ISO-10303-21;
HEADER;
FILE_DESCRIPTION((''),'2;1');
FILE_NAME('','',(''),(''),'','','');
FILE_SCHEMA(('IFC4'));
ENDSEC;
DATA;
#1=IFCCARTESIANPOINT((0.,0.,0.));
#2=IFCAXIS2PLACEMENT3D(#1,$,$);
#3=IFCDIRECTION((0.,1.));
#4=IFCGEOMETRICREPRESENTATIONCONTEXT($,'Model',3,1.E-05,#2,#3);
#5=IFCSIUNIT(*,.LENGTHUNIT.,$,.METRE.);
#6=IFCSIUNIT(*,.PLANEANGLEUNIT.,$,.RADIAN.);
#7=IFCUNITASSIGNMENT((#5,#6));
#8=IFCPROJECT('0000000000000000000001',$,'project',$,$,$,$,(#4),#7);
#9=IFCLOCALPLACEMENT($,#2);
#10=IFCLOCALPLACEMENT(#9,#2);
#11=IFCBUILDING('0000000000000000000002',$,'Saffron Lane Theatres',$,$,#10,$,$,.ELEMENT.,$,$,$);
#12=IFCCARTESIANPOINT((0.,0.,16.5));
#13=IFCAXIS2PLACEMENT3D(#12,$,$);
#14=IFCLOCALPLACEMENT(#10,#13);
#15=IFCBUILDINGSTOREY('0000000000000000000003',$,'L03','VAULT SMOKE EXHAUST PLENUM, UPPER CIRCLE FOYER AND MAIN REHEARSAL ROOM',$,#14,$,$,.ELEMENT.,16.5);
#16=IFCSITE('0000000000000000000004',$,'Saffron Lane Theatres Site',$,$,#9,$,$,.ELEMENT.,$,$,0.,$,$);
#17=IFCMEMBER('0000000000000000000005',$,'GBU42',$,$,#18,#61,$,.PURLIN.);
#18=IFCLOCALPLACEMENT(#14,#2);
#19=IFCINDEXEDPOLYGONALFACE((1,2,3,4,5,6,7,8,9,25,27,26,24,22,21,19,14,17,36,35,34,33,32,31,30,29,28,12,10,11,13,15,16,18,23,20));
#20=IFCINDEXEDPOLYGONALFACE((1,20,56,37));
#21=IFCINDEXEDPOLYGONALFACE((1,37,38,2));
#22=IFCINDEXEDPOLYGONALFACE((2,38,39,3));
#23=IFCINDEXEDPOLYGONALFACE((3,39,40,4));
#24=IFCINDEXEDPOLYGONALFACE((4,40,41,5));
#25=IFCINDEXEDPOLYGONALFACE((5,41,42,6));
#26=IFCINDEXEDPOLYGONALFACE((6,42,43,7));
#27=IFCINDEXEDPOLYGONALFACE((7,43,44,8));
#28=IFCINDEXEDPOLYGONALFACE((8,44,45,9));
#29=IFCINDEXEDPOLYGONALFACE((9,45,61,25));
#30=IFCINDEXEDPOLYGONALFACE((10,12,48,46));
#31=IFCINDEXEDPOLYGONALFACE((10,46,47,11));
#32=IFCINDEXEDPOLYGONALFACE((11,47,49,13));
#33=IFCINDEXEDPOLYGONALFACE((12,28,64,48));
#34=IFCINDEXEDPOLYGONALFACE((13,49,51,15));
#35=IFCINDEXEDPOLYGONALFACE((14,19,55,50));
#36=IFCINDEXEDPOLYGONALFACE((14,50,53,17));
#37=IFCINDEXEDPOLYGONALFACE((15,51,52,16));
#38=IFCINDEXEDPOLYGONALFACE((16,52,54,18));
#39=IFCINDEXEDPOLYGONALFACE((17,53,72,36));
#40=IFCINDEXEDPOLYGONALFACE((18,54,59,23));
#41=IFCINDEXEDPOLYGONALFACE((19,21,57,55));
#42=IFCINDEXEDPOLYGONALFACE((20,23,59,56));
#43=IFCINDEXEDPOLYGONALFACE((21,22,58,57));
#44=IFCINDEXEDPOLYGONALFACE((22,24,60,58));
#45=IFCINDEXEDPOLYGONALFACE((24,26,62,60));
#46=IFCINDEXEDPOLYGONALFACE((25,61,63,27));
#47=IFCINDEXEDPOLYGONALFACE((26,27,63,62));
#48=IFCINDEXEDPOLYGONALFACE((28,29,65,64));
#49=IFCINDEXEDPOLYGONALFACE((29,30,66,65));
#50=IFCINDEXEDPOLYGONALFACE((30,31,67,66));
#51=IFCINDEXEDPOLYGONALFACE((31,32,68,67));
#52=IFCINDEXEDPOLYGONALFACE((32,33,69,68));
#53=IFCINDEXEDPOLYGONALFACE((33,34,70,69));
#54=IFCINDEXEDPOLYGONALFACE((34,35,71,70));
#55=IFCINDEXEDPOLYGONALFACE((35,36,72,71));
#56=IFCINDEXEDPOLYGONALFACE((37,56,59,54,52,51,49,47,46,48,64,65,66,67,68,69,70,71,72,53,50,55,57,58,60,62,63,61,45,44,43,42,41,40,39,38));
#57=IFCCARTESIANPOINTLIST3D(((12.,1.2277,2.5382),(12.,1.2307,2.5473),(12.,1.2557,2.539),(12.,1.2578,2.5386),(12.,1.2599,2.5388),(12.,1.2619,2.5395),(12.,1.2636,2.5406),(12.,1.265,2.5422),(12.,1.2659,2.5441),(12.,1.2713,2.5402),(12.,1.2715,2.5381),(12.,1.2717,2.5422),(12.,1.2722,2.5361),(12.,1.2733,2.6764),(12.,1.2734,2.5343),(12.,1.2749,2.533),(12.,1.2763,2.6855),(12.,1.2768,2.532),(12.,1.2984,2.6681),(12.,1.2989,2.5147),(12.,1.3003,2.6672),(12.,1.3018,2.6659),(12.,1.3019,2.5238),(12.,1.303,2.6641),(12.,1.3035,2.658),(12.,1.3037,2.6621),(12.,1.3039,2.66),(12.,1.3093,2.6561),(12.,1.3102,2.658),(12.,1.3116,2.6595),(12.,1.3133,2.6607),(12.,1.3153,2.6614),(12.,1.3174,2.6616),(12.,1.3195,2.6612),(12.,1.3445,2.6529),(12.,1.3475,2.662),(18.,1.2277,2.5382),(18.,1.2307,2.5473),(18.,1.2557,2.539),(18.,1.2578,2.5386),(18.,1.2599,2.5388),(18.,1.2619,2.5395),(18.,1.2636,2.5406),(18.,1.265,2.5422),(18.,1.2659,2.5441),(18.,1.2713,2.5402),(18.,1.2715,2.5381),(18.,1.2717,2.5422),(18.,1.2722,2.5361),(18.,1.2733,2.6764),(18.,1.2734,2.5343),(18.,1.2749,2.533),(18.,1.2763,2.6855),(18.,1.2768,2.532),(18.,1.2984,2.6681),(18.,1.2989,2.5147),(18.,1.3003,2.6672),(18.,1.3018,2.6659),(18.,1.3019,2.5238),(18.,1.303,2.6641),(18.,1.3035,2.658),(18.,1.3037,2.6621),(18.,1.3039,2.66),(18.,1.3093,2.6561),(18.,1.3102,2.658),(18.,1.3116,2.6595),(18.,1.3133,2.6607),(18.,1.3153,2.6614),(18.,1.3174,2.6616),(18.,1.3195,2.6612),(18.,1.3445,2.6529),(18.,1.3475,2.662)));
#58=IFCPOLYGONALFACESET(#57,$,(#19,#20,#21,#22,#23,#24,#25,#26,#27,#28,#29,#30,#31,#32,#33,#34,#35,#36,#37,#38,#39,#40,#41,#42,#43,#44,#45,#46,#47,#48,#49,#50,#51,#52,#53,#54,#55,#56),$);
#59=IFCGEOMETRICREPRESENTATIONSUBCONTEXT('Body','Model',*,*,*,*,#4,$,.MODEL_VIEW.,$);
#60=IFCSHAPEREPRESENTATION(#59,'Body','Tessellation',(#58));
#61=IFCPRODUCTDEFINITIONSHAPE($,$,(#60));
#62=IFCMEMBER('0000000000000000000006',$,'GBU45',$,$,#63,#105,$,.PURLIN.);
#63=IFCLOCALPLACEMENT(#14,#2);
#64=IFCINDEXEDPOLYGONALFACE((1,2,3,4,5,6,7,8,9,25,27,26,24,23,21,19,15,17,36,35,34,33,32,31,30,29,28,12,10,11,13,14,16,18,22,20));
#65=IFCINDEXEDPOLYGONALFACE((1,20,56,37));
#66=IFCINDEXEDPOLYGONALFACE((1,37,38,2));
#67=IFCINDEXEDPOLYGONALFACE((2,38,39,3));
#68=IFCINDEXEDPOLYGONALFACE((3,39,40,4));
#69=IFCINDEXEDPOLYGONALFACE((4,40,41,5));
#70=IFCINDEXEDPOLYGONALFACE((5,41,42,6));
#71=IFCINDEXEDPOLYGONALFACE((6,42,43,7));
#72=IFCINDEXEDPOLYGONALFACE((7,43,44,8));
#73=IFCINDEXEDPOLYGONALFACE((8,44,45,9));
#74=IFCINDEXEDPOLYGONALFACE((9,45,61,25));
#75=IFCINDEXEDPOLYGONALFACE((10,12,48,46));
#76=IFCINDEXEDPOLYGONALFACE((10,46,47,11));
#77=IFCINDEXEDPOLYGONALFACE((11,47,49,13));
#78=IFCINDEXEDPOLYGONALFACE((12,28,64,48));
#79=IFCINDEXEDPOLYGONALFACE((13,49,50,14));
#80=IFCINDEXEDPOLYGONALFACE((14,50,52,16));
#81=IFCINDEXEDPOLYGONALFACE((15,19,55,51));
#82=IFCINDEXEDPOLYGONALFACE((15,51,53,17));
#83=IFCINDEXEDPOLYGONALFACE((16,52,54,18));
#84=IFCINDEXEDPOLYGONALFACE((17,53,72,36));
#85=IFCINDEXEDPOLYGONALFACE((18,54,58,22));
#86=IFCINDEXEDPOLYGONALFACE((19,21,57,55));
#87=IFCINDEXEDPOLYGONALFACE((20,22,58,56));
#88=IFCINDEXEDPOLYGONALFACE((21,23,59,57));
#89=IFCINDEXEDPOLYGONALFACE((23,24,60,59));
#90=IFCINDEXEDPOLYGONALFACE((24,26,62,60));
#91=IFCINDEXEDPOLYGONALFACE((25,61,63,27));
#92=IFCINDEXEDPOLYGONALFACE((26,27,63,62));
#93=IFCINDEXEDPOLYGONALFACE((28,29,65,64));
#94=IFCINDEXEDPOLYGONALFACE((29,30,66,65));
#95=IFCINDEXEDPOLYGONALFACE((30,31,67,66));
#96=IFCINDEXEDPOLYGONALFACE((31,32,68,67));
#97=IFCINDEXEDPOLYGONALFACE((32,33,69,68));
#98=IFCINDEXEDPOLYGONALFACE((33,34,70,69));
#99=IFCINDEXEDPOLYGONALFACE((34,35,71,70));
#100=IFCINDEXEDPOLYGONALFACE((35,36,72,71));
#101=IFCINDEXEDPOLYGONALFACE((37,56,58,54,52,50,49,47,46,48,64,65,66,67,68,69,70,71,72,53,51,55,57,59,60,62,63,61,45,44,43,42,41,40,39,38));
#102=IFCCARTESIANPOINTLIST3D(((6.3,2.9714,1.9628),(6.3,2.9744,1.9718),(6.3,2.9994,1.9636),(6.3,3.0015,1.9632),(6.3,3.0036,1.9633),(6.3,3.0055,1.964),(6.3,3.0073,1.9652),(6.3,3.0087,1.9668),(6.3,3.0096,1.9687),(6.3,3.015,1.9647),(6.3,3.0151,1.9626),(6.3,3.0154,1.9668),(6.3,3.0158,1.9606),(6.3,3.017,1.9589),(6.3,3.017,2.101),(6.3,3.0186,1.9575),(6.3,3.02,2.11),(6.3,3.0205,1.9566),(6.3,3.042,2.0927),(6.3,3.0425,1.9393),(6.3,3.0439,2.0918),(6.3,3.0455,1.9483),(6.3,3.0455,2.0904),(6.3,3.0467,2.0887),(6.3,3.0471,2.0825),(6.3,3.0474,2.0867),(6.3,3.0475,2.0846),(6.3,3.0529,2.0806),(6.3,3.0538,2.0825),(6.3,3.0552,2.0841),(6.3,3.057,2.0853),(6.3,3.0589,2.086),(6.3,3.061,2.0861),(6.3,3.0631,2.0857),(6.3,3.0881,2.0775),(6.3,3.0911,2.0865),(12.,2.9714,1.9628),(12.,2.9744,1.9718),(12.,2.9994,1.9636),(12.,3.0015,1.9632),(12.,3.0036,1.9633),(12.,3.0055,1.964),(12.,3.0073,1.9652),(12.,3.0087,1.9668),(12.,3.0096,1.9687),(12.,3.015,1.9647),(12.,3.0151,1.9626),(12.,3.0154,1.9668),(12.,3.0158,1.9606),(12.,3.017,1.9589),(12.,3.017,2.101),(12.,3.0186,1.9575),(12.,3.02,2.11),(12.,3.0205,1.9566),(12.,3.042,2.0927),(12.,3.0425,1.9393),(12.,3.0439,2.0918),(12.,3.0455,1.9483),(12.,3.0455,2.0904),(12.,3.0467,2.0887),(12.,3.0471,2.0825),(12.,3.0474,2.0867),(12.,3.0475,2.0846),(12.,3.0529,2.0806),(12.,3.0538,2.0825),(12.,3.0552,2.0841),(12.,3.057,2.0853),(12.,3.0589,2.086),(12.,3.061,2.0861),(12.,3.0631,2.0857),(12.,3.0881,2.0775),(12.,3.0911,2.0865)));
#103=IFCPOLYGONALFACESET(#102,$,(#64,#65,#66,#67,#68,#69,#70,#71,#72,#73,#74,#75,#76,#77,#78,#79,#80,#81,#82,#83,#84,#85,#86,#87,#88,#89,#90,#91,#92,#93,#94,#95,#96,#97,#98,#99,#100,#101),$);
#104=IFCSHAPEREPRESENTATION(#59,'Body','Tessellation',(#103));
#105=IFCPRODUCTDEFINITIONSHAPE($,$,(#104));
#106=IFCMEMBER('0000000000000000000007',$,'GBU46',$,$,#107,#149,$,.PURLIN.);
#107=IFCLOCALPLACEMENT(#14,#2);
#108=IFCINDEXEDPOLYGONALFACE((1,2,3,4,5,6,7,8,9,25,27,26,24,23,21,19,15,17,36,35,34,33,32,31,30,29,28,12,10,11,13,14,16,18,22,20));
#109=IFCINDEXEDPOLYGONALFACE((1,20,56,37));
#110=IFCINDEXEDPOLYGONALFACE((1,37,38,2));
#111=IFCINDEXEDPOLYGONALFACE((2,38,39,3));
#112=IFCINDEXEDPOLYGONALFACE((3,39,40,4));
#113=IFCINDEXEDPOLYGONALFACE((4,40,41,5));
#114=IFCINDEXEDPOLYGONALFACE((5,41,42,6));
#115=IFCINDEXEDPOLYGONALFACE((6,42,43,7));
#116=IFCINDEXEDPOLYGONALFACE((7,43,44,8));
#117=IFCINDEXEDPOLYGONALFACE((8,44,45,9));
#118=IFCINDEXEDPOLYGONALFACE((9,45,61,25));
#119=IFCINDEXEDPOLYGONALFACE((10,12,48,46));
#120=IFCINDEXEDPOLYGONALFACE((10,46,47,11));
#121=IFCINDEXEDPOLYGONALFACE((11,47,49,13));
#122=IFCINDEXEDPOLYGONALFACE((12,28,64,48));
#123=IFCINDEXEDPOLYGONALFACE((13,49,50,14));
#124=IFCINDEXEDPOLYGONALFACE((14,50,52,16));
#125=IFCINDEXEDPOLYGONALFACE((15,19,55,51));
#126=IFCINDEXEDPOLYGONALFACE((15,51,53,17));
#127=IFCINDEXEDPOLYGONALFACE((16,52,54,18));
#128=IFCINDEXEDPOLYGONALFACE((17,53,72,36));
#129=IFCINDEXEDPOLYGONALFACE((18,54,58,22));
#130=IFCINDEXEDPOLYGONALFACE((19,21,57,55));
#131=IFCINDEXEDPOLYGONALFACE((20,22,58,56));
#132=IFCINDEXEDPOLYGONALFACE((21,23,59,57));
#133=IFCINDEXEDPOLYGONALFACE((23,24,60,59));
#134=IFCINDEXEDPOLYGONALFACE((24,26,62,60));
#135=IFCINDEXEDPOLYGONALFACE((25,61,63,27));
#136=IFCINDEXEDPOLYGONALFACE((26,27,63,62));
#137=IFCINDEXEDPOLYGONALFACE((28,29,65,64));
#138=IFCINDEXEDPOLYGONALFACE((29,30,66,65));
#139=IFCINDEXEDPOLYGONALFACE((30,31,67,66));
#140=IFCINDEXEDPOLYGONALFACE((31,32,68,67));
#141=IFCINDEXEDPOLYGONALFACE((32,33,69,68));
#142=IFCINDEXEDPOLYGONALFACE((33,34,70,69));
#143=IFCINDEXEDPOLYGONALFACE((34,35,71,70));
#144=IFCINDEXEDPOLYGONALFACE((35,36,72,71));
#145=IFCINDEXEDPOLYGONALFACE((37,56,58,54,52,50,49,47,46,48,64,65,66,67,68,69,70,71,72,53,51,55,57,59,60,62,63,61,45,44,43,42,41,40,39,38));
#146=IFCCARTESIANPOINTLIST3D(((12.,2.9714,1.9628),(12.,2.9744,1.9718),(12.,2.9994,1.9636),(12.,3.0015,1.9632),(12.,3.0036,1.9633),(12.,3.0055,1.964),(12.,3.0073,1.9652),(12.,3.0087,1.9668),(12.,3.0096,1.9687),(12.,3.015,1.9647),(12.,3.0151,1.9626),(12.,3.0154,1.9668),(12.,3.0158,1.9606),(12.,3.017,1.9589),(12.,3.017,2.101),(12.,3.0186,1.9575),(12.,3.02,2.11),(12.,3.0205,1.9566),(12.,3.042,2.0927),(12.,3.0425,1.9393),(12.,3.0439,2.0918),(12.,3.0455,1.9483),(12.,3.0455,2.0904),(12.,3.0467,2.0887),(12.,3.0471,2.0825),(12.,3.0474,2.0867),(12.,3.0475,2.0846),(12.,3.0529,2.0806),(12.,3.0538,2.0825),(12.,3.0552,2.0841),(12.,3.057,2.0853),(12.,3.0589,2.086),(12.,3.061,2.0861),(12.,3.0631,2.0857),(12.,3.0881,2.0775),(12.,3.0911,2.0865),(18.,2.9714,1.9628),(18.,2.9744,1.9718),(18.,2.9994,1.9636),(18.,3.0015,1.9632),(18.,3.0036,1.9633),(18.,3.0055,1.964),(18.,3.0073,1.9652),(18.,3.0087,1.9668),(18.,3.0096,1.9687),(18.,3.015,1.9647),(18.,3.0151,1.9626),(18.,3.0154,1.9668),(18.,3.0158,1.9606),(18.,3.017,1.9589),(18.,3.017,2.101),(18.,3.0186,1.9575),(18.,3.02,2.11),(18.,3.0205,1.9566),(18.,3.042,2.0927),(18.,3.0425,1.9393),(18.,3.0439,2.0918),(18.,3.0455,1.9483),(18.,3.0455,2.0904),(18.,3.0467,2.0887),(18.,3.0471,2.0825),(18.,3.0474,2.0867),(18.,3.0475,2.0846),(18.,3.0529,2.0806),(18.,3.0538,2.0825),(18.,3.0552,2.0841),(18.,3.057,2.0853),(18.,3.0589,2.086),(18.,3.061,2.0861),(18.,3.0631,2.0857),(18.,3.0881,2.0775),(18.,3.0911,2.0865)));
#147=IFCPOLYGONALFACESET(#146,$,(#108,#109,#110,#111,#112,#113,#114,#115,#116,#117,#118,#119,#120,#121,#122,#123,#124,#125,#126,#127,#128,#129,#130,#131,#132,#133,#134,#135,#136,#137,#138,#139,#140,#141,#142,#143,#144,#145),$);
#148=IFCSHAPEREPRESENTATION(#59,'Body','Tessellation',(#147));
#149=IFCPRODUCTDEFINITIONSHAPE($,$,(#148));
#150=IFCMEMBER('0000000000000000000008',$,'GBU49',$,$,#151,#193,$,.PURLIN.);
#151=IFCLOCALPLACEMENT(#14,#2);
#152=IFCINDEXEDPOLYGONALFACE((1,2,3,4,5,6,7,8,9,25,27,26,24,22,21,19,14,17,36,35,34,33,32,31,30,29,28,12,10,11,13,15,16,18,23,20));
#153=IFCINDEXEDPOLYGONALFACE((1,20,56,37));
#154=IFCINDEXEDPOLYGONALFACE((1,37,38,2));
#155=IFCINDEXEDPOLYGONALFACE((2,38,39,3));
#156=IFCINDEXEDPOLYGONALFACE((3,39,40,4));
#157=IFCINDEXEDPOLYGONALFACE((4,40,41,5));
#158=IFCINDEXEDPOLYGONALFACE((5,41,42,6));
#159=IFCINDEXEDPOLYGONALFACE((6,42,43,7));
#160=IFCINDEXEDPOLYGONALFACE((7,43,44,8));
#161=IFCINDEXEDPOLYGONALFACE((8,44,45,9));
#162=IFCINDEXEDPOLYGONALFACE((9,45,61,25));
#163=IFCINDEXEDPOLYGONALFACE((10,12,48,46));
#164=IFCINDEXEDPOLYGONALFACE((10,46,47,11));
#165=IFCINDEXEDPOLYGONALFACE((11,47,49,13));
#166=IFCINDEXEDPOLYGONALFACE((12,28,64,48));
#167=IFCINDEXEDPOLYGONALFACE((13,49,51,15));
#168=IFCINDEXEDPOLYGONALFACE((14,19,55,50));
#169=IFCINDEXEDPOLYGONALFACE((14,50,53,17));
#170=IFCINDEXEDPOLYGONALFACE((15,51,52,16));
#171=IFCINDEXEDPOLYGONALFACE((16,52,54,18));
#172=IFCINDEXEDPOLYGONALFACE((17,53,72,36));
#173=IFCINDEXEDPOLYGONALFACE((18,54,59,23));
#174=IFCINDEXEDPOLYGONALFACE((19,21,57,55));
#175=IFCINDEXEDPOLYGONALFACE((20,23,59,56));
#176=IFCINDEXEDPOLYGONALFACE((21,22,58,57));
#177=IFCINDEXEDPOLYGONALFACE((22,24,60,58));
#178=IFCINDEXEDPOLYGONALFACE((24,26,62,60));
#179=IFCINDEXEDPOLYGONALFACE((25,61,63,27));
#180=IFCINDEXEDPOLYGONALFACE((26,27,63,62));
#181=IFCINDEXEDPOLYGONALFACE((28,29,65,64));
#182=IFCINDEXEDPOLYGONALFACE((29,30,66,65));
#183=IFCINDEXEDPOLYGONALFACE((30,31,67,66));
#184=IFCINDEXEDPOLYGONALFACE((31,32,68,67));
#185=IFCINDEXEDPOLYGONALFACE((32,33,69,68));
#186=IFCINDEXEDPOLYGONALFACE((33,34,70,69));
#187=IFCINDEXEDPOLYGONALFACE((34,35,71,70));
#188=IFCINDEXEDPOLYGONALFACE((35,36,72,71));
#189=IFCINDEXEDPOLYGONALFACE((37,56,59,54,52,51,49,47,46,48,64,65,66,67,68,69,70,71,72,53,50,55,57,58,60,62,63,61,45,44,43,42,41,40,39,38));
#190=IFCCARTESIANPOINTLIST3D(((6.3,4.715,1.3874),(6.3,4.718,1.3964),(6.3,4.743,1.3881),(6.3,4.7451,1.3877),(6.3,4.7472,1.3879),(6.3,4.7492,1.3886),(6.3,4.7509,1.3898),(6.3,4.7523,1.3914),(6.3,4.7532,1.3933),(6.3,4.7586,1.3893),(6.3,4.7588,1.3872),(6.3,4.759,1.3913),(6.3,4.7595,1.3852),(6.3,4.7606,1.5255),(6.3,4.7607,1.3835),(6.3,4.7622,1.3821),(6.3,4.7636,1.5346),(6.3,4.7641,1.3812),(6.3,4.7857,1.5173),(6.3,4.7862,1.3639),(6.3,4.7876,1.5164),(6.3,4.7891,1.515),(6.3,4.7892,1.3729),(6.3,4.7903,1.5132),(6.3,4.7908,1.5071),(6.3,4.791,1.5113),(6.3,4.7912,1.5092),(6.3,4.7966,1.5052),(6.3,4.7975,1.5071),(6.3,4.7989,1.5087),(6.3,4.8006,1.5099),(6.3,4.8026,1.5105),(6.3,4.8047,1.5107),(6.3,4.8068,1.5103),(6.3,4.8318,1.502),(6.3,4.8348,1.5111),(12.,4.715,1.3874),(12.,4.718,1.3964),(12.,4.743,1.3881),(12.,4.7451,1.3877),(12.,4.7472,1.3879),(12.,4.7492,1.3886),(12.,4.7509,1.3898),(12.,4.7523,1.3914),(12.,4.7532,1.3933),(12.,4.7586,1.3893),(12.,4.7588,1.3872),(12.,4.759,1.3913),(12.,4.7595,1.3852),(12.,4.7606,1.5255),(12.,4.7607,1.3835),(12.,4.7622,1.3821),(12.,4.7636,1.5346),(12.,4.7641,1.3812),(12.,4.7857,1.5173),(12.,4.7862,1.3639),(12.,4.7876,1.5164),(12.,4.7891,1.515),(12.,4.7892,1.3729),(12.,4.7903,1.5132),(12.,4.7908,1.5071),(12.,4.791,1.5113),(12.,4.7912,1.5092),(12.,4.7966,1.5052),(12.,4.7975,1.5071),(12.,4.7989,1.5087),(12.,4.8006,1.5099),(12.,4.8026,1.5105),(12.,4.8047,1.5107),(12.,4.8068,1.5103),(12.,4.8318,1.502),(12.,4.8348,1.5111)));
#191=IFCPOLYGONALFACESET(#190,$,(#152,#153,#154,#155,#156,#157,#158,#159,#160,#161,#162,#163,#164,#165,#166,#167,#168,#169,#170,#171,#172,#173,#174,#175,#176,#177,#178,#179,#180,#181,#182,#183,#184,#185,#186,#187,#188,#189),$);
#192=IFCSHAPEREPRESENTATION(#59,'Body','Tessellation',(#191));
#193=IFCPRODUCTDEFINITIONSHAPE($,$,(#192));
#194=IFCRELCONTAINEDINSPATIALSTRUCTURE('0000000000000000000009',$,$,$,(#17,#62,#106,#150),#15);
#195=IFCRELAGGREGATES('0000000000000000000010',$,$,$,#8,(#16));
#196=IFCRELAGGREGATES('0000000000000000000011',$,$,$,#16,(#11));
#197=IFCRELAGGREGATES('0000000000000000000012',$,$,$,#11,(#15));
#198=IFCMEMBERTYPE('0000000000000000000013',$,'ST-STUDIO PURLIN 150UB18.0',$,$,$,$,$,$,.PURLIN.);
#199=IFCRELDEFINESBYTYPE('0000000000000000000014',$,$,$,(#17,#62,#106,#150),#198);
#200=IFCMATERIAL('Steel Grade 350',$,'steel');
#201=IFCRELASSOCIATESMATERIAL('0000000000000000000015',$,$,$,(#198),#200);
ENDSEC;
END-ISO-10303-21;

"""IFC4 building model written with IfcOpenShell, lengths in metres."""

from ifc_helpers import new_model, si_unit, direction, frame, origin, origin_2d, place, context, subcontext, project, spatial, i_section, extrude, material, material_profile, profile_set, type_object, element, save


model = new_model("IFC4")

# Units and contexts
model_context = context("Model", 3, precision=1e-05, world=origin(), true_north=direction((0.0, 1.0)))
body_context = subcontext(model_context, "Body", "Model", "MODEL_VIEW")
ifc_project = project(units=[si_unit("LENGTHUNIT", "METRE"), si_unit("PLANEANGLEUNIT", "RADIAN")], contexts=[model_context])

# Site, building, storey
site_placement = place(None, origin())
site = spatial("IfcSite", under=ifc_project, at=site_placement, Name="Saffron Lane Theatres Site", CompositionType="ELEMENT", RefElevation=0.0)
building_placement = place(site_placement, origin())
building = spatial("IfcBuilding", under=site, at=building_placement, Name="Saffron Lane Theatres", CompositionType="ELEMENT")
storey_placement = place(building_placement, frame((0.0, 0.0, 16.5)))
storey = spatial("IfcBuildingStorey", under=building, at=storey_placement, Name="L03", Description="VAULT SMOKE EXHAUST PLENUM, UPPER CIRCLE FOYER AND MAIN REHEARSAL ROOM", CompositionType="ELEMENT", Elevation=16.5)

# Members
ifc_material_1 = material(Name="Steel Grade 350", Category="steel")
ifc_material_profile_1 = material_profile(ifc_material_1, i_section(OverallWidth=0.075, OverallDepth=0.155, WebThickness=0.0061, FlangeThickness=0.0095, FilletRadius=0.0081, at=origin_2d()))
ifc_profile_set_1 = profile_set([ifc_material_profile_1], Name="Steel Grade 350")
member_type_1 = type_object("IfcMemberType", Name="ST-STUDIO PURLIN 150UB18.0", PredefinedType="PURLIN", material=ifc_profile_set_1)
member_1_placement = place(storey_placement, frame((12.0, 1.2876, 2.6001), z_axis=(1.0, 0.0, 0.0), x_axis=(0.0, 0.949629, -0.313377)))
element("IfcMember", 1, at=member_1_placement, inside=storey, type_object=member_type_1, Name="GBU42", PredefinedType="PURLIN", context=body_context, shape_type="SweptSolid", body=[
    extrude(i_section(OverallWidth=0.075, OverallDepth=0.155, WebThickness=0.0061, FlangeThickness=0.0095, FilletRadius=0.0081, at=origin_2d()), origin(), (0.0, 0.0, 1.0), 6.0),
])
member_2_placement = place(storey_placement, frame((6.3, 3.0312, 2.0247), z_axis=(1.0, 0.0, 0.0), x_axis=(0.0, 0.949629, -0.313377)))
element("IfcMember", 2, at=member_2_placement, inside=storey, type_object=member_type_1, Name="GBU45", PredefinedType="PURLIN", context=body_context, shape_type="SweptSolid", body=[
    extrude(i_section(OverallWidth=0.075, OverallDepth=0.155, WebThickness=0.0061, FlangeThickness=0.0095, FilletRadius=0.0081, at=origin_2d()), origin(), (0.0, 0.0, 1.0), 5.7),
])
member_3_placement = place(storey_placement, frame((12.0, 3.0312, 2.0247), z_axis=(1.0, 0.0, 0.0), x_axis=(0.0, 0.949629, -0.313377)))
element("IfcMember", 3, at=member_3_placement, inside=storey, type_object=member_type_1, Name="GBU46", PredefinedType="PURLIN", context=body_context, shape_type="SweptSolid", body=[
    extrude(i_section(OverallWidth=0.075, OverallDepth=0.155, WebThickness=0.0061, FlangeThickness=0.0095, FilletRadius=0.0081, at=origin_2d()), origin(), (0.0, 0.0, 1.0), 6.0),
])
member_4_placement = place(storey_placement, frame((6.3, 4.7749, 1.4492), z_axis=(1.0, 0.0, 0.0), x_axis=(0.0, 0.949629, -0.313377)))
element("IfcMember", 4, at=member_4_placement, inside=storey, type_object=member_type_1, Name="GBU49", PredefinedType="PURLIN", context=body_context, shape_type="SweptSolid", body=[
    extrude(i_section(OverallWidth=0.075, OverallDepth=0.155, WebThickness=0.0061, FlangeThickness=0.0095, FilletRadius=0.0081, at=origin_2d()), origin(), (0.0, 0.0, 1.0), 5.7),
])

save(model, "model.ifc")
